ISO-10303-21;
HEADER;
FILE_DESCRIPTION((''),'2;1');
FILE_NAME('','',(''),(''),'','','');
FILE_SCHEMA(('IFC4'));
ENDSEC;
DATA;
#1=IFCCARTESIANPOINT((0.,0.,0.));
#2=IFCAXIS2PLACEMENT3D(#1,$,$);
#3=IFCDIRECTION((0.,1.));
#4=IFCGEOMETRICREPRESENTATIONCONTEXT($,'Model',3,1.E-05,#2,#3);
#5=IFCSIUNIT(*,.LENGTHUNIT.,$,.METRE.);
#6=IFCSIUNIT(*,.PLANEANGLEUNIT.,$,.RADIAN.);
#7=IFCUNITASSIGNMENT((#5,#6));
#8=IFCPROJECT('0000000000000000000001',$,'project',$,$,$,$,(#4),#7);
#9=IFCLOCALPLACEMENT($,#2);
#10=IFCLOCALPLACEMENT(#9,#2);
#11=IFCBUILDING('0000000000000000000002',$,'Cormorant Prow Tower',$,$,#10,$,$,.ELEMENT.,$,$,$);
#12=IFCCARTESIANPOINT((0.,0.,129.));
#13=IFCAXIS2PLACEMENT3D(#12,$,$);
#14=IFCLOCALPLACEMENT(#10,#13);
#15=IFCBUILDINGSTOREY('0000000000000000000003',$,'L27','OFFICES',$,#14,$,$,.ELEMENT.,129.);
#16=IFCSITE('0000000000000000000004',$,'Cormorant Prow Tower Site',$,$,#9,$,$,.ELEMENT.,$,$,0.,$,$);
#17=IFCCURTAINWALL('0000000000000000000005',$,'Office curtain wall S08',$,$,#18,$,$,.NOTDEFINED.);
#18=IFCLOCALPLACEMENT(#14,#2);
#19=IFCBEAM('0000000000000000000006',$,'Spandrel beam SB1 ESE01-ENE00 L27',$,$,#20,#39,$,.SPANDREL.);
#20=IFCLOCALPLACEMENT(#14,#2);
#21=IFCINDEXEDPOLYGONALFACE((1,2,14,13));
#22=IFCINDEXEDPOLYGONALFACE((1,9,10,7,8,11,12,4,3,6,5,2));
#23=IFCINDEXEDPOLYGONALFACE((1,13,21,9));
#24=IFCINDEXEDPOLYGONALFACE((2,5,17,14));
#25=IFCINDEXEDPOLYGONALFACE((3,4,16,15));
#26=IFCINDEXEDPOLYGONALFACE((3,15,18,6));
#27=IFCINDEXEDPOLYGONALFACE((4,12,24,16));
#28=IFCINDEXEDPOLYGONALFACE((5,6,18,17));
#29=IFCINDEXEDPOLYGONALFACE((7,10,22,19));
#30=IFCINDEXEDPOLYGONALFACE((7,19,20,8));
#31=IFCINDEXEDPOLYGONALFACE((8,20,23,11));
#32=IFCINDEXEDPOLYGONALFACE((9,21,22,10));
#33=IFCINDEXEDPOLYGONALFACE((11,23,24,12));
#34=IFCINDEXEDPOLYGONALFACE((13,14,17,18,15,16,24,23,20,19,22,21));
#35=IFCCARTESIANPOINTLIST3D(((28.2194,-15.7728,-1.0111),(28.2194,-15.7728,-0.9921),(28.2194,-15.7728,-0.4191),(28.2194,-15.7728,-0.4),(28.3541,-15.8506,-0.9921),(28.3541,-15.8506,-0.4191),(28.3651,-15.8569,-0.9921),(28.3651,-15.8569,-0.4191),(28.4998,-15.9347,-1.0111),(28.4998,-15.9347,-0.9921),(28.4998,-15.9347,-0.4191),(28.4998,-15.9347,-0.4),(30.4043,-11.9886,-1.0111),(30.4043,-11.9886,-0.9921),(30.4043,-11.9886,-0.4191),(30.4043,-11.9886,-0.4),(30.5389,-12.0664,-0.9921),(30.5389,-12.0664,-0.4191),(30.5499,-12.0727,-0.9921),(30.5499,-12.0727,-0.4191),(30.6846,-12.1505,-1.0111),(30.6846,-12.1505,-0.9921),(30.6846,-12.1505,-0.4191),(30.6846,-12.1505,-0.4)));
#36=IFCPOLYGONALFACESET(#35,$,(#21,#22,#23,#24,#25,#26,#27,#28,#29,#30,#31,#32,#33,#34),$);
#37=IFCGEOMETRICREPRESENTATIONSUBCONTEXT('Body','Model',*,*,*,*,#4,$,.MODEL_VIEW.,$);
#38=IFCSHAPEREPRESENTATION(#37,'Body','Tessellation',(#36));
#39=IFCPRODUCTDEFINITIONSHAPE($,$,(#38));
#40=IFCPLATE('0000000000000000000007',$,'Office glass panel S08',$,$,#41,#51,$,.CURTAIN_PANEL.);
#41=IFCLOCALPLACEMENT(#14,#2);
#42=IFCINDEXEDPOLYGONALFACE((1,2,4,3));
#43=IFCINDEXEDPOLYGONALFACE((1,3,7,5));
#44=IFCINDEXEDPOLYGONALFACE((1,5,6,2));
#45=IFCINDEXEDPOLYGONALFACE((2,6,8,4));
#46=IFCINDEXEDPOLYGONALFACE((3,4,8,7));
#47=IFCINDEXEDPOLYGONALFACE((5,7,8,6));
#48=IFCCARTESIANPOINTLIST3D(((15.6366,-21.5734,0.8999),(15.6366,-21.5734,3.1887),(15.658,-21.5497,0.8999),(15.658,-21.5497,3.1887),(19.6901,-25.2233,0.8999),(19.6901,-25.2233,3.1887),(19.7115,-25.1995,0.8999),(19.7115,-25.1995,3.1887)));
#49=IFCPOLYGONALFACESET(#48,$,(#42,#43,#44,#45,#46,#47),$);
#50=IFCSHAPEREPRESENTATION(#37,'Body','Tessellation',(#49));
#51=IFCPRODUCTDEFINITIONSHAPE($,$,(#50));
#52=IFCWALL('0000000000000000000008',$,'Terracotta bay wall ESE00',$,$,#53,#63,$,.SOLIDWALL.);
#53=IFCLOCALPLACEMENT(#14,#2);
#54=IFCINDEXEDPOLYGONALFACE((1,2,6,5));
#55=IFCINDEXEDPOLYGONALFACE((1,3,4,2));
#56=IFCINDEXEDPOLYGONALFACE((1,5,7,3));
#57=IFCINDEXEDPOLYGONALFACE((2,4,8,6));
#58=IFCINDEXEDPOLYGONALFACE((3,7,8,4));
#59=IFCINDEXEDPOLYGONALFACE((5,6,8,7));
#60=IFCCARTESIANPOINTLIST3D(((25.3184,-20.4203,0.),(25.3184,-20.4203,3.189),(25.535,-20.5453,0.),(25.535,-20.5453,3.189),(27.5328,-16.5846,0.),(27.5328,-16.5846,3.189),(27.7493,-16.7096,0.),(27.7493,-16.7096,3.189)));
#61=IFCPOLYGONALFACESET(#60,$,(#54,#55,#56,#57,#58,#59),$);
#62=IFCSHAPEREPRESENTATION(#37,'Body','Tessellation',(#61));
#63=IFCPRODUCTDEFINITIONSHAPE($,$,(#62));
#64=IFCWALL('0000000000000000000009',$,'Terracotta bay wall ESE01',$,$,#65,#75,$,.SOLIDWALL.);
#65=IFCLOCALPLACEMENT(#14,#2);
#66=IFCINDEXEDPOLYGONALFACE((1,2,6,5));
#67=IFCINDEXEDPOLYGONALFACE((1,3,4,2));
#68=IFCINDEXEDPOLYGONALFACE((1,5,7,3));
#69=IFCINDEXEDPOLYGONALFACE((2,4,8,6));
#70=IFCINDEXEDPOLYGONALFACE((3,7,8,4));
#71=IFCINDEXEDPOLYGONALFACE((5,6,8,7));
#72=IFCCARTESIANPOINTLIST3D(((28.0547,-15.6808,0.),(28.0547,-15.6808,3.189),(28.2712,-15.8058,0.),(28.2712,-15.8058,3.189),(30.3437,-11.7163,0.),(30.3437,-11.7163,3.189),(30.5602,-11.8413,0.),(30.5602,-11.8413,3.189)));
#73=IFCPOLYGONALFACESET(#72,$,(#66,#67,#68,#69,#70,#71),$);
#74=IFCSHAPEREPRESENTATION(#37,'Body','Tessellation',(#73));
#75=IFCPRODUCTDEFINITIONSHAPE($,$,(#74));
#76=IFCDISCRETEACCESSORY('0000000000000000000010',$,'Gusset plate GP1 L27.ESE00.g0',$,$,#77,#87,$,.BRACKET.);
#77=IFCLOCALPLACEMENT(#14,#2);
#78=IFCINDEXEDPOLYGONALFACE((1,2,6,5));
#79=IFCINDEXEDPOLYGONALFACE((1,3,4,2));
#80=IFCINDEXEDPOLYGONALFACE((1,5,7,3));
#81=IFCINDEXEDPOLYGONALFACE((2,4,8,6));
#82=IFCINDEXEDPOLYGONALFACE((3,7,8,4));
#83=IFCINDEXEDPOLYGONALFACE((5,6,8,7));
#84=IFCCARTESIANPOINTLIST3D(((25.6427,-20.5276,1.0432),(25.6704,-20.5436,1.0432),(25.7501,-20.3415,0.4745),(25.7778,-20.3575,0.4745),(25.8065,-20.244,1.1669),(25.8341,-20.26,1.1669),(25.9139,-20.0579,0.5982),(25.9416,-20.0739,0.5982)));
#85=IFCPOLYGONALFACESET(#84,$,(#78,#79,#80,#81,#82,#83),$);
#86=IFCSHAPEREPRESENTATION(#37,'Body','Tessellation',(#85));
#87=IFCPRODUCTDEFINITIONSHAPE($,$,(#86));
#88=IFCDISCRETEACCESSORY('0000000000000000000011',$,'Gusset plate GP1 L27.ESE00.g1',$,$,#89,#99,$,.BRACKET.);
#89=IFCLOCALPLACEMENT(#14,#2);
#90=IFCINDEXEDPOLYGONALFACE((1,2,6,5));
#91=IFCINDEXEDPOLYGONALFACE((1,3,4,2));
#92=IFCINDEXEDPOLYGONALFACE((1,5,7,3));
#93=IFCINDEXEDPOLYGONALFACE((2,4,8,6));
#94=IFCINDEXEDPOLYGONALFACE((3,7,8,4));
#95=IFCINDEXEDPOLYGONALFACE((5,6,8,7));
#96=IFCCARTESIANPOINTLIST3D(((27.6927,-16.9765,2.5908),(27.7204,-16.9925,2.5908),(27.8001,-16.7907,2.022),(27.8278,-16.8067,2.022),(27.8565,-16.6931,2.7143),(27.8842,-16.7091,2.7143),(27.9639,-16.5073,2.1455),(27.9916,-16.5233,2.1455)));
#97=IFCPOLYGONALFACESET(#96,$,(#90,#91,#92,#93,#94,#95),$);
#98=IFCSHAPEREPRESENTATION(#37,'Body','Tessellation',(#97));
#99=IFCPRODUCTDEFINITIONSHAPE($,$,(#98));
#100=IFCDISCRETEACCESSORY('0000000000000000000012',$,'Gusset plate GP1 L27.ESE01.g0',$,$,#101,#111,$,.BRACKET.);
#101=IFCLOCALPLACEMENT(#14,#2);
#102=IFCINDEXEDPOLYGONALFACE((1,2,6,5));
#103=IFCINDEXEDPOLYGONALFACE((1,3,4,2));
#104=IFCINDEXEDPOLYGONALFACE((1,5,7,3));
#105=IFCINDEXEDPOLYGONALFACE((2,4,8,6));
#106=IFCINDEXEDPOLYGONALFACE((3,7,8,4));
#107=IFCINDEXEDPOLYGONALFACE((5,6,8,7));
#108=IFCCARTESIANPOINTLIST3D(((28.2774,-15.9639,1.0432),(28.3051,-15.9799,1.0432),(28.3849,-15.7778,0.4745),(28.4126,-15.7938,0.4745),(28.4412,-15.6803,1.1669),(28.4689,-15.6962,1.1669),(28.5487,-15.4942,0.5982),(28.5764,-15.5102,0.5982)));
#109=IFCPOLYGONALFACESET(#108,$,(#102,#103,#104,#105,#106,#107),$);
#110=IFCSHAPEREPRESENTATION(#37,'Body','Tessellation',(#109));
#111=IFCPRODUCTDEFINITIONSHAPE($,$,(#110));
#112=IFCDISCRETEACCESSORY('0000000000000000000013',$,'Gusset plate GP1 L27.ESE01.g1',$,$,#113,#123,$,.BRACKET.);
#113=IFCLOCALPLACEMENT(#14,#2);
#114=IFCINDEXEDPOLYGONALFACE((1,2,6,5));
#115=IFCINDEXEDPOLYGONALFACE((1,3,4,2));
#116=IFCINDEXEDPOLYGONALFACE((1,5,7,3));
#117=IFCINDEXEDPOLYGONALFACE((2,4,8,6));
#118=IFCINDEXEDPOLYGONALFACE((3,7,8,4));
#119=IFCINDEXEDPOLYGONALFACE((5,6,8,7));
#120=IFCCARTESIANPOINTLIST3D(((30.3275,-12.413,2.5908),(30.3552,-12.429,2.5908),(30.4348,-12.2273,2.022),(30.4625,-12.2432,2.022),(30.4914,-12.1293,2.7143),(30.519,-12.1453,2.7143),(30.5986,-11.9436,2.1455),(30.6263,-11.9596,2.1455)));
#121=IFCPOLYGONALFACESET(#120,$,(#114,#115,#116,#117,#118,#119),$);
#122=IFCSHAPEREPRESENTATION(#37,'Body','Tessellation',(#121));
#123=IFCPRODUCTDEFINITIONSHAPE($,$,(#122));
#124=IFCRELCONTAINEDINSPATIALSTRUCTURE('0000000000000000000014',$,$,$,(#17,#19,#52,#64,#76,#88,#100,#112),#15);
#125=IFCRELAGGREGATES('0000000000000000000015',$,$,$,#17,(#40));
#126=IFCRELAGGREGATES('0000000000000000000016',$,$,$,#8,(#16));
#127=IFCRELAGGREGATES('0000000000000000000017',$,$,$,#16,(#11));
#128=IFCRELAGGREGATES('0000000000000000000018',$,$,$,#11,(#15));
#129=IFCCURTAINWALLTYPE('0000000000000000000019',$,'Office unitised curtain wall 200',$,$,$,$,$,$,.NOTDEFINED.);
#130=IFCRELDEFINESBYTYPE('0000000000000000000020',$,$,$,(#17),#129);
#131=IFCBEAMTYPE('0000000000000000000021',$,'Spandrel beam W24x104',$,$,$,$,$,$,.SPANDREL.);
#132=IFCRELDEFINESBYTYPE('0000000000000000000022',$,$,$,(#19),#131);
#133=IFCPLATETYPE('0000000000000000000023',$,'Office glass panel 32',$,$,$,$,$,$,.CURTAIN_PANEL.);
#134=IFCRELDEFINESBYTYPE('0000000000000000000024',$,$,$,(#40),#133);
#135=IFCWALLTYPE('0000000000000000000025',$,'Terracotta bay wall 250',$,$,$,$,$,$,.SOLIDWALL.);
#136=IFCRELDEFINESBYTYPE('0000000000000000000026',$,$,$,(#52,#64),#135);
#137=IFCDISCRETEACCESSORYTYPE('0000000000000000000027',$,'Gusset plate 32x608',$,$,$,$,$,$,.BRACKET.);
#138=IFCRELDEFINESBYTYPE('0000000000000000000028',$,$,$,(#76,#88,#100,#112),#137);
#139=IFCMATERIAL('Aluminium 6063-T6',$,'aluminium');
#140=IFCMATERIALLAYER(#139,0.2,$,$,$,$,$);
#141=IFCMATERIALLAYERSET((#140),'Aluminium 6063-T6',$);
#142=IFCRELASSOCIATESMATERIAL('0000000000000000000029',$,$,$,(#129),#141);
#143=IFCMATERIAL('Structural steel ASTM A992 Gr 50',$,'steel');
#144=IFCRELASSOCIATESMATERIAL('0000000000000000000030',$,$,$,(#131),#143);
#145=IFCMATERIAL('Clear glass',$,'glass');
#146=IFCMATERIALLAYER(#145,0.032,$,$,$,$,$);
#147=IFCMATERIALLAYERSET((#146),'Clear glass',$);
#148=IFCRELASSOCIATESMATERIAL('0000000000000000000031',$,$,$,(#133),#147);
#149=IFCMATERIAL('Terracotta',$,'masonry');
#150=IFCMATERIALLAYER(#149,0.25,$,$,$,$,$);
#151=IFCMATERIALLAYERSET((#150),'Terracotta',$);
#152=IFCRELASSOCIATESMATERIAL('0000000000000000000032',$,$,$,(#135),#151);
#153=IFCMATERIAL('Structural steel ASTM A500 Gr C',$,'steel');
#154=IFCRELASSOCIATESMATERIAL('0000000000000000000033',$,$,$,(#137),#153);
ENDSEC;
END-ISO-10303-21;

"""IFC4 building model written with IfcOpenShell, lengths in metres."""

from ifc_helpers import new_model, si_unit, direction, frame, frame_2d, origin, origin_2d, place, context, subcontext, project, spatial, rectangle, i_section, extrude, material, layer, layer_set, material_profile, profile_set, type_object, element, aggregate, save


model = new_model("IFC4")

# Units and contexts
model_context = context("Model", 3, precision=1e-05, world=origin(), true_north=direction((0.0, 1.0)))
body_context = subcontext(model_context, "Body", "Model", "MODEL_VIEW")
ifc_project = project(units=[si_unit("LENGTHUNIT", "METRE"), si_unit("PLANEANGLEUNIT", "RADIAN")], contexts=[model_context])

# Site, building, storey
site_placement = place(None, origin())
site = spatial("IfcSite", under=ifc_project, at=site_placement, Name="Cormorant Prow Tower Site", CompositionType="ELEMENT", RefElevation=0.0)
building_placement = place(site_placement, origin())
building = spatial("IfcBuilding", under=site, at=building_placement, Name="Cormorant Prow Tower", CompositionType="ELEMENT")
storey_placement = place(building_placement, frame((0.0, 0.0, 129.0)))
storey = spatial("IfcBuildingStorey", under=building, at=storey_placement, Name="L27", Description="OFFICES", CompositionType="ELEMENT", Elevation=129.0)

# Curtain wall
ifc_material_1 = material(Name="Aluminium 6063-T6", Category="aluminium")
ifc_layer_1 = layer(ifc_material_1, 0.2)
ifc_layer_set_1 = layer_set([ifc_layer_1], Name="Aluminium 6063-T6")
curtain_wall_type = type_object("IfcCurtainWallType", Name="Office unitised curtain wall 200", PredefinedType="NOTDEFINED", material=ifc_layer_set_1)
curtain_wall_placement = place(storey_placement, origin())
curtain_wall = element("IfcCurtainWall", 1, at=curtain_wall_placement, inside=storey, type_object=curtain_wall_type, Name="Office curtain wall S08", PredefinedType="NOTDEFINED")

# Beam
ifc_material_2 = material(Name="Structural steel ASTM A992 Gr 50", Category="steel")
ifc_material_profile_1 = material_profile(ifc_material_2, i_section(OverallWidth=0.3237, OverallDepth=0.6111, WebThickness=0.0127, FlangeThickness=0.019, at=origin_2d()), Name="W24x104")
ifc_profile_set_1 = profile_set([ifc_material_profile_1], Name="Structural steel ASTM A992 Gr 50")
beam_type = type_object("IfcBeamType", Name="Spandrel beam W24x104", PredefinedType="SPANDREL", material=ifc_profile_set_1)
for number, where, z_axis, x_axis, name in (
    (2, (28.3596, -15.8538, -0.7056), (0.500003, 0.866024, 0.0), (-0.866024, 0.500003, 0.0), "Spandrel beam SB1 ESE01-ENE00 L27"),
):
    element("IfcBeam", number, at=place(storey_placement, frame(where, z_axis=z_axis, x_axis=x_axis)), inside=storey, type_object=beam_type, Name=name, PredefinedType="SPANDREL", context=body_context, shape_type="SweptSolid", body=[
        extrude(i_section(OverallWidth=0.3237, OverallDepth=0.6111, WebThickness=0.0127, FlangeThickness=0.019, at=origin_2d()), origin(), (0.0, 0.0, 1.0), 4.3696),
    ])

# Plate
ifc_material_3 = material(Name="Clear glass", Category="glass")
ifc_layer_2 = layer(ifc_material_3, 0.032)
ifc_layer_set_2 = layer_set([ifc_layer_2], Name="Clear glass")
plate_type = type_object("IfcPlateType", Name="Office glass panel 32", PredefinedType="CURTAIN_PANEL", material=ifc_layer_set_2)
plate_placement = place(storey_placement, frame((17.6741, -23.3865, 0.8999), z_axis=(0.0, 0.0, 1.0), x_axis=(0.743145, -0.669131, 0.0)))
plate = element("IfcPlate", 3, at=plate_placement, type_object=plate_type, Name="Office glass panel S08", PredefinedType="CURTAIN_PANEL", context=body_context, shape_type="SweptSolid", body=[
    extrude(rectangle(XDim=5.4546, YDim=0.032, at=origin_2d()), origin(), (0.0, 0.0, 1.0), 2.2888),
])
aggregate(curtain_wall, [plate])

# Walls
ifc_material_4 = material(Name="Terracotta", Category="masonry")
ifc_layer_3 = layer(ifc_material_4, 0.25)
ifc_layer_set_3 = layer_set([ifc_layer_3], Name="Terracotta")
wall_type_1 = type_object("IfcWallType", Name="Terracotta bay wall 250", PredefinedType="SOLIDWALL", material=ifc_layer_set_3)
wall_1_placement = place(storey_placement, frame((25.4268, -20.4827, 0.0), z_axis=(0.0, 0.0, 1.0), x_axis=(0.499969, 0.866043, 0.0)))
element("IfcWall", 4, at=wall_1_placement, inside=storey, type_object=wall_type_1, Name="Terracotta bay wall ESE00", PredefinedType="SOLIDWALL", context=body_context, shape_type="SweptSolid", body=[
    extrude(rectangle(XDim=4.429, YDim=0.25, at=frame_2d((2.2144, 0.0))), origin(), (0.0, 0.0, 1.0), 3.189),
])
wall_2_placement = place(storey_placement, frame((28.1628, -15.7434, 0.0), z_axis=(0.0, 0.0, 1.0), x_axis=(0.500016, 0.866016, 0.0)))
element("IfcWall", 5, at=wall_2_placement, inside=storey, type_object=wall_type_1, Name="Terracotta bay wall ESE01", PredefinedType="SOLIDWALL", context=body_context, shape_type="SweptSolid", body=[
    extrude(rectangle(XDim=4.5779, YDim=0.25, at=frame_2d((2.2891, 0.0))), origin(), (0.0, 0.0, 1.0), 3.189),
])

# Discrete accessories
ifc_material_5 = material(Name="Structural steel ASTM A500 Gr C", Category="steel")
ifc_material_profile_2 = material_profile(ifc_material_5, rectangle(XDim=0.032, YDim=0.6079, at=origin_2d()), Name="Gusset plate 32x608")
ifc_profile_set_2 = profile_set([ifc_material_profile_2], Name="Structural steel ASTM A500 Gr C")
discrete_accessory_type = type_object("IfcDiscreteAccessoryType", Name="Gusset plate 32x608", PredefinedType="BRACKET", material=ifc_profile_set_2)
discrete_accessory_1_placement = place(storey_placement, frame((25.874, -20.1589, 0.8826), z_axis=(-0.467788, -0.810089, -0.353455), x_axis=(0.865987, -0.500067, 0.0)))
element("IfcDiscreteAccessory", 6, at=discrete_accessory_1_placement, inside=storey, type_object=discrete_accessory_type, Name="Gusset plate GP1 L27.ESE00.g0", PredefinedType="BRACKET", context=body_context, shape_type="SweptSolid", body=[
    extrude(rectangle(XDim=0.032, YDim=0.6079, at=origin_2d()), origin(), (0.0, 0.0, 1.0), 0.3501),
])
discrete_accessory_2_placement = place(storey_placement, frame((27.7603, -16.8916, 2.3064), z_axis=(0.468168, 0.810049, 0.353044), x_axis=(-0.8658, 0.500389, 0.0)))
element("IfcDiscreteAccessory", 7, at=discrete_accessory_2_placement, inside=storey, type_object=discrete_accessory_type, Name="Gusset plate GP1 L27.ESE00.g1", PredefinedType="BRACKET", context=body_context, shape_type="SweptSolid", body=[
    extrude(rectangle(XDim=0.032, YDim=0.6079, at=origin_2d()), origin(), (0.0, 0.0, 1.0), 0.3499),
])
for number, where, z_axis, x_axis, name in (
    (8, (28.5088, -15.5952, 0.8826), (-0.467788, -0.810089, -0.353455), (0.865987, -0.500067, 0.0), "Gusset plate GP1 L27.ESE01.g0"),
    (9, (30.395, -12.3281, 2.3064), (0.467903, 0.810288, 0.352845), (-0.865987, 0.500067, 0.0), "Gusset plate GP1 L27.ESE01.g1"),
):
    element("IfcDiscreteAccessory", number, at=place(storey_placement, frame(where, z_axis=z_axis, x_axis=x_axis)), inside=storey, type_object=discrete_accessory_type, Name=name, PredefinedType="BRACKET", context=body_context, shape_type="SweptSolid", body=[
        extrude(rectangle(XDim=0.032, YDim=0.6079, at=origin_2d()), origin(), (0.0, 0.0, 1.0), 0.3501),
    ])

save(model, "model.ifc")
